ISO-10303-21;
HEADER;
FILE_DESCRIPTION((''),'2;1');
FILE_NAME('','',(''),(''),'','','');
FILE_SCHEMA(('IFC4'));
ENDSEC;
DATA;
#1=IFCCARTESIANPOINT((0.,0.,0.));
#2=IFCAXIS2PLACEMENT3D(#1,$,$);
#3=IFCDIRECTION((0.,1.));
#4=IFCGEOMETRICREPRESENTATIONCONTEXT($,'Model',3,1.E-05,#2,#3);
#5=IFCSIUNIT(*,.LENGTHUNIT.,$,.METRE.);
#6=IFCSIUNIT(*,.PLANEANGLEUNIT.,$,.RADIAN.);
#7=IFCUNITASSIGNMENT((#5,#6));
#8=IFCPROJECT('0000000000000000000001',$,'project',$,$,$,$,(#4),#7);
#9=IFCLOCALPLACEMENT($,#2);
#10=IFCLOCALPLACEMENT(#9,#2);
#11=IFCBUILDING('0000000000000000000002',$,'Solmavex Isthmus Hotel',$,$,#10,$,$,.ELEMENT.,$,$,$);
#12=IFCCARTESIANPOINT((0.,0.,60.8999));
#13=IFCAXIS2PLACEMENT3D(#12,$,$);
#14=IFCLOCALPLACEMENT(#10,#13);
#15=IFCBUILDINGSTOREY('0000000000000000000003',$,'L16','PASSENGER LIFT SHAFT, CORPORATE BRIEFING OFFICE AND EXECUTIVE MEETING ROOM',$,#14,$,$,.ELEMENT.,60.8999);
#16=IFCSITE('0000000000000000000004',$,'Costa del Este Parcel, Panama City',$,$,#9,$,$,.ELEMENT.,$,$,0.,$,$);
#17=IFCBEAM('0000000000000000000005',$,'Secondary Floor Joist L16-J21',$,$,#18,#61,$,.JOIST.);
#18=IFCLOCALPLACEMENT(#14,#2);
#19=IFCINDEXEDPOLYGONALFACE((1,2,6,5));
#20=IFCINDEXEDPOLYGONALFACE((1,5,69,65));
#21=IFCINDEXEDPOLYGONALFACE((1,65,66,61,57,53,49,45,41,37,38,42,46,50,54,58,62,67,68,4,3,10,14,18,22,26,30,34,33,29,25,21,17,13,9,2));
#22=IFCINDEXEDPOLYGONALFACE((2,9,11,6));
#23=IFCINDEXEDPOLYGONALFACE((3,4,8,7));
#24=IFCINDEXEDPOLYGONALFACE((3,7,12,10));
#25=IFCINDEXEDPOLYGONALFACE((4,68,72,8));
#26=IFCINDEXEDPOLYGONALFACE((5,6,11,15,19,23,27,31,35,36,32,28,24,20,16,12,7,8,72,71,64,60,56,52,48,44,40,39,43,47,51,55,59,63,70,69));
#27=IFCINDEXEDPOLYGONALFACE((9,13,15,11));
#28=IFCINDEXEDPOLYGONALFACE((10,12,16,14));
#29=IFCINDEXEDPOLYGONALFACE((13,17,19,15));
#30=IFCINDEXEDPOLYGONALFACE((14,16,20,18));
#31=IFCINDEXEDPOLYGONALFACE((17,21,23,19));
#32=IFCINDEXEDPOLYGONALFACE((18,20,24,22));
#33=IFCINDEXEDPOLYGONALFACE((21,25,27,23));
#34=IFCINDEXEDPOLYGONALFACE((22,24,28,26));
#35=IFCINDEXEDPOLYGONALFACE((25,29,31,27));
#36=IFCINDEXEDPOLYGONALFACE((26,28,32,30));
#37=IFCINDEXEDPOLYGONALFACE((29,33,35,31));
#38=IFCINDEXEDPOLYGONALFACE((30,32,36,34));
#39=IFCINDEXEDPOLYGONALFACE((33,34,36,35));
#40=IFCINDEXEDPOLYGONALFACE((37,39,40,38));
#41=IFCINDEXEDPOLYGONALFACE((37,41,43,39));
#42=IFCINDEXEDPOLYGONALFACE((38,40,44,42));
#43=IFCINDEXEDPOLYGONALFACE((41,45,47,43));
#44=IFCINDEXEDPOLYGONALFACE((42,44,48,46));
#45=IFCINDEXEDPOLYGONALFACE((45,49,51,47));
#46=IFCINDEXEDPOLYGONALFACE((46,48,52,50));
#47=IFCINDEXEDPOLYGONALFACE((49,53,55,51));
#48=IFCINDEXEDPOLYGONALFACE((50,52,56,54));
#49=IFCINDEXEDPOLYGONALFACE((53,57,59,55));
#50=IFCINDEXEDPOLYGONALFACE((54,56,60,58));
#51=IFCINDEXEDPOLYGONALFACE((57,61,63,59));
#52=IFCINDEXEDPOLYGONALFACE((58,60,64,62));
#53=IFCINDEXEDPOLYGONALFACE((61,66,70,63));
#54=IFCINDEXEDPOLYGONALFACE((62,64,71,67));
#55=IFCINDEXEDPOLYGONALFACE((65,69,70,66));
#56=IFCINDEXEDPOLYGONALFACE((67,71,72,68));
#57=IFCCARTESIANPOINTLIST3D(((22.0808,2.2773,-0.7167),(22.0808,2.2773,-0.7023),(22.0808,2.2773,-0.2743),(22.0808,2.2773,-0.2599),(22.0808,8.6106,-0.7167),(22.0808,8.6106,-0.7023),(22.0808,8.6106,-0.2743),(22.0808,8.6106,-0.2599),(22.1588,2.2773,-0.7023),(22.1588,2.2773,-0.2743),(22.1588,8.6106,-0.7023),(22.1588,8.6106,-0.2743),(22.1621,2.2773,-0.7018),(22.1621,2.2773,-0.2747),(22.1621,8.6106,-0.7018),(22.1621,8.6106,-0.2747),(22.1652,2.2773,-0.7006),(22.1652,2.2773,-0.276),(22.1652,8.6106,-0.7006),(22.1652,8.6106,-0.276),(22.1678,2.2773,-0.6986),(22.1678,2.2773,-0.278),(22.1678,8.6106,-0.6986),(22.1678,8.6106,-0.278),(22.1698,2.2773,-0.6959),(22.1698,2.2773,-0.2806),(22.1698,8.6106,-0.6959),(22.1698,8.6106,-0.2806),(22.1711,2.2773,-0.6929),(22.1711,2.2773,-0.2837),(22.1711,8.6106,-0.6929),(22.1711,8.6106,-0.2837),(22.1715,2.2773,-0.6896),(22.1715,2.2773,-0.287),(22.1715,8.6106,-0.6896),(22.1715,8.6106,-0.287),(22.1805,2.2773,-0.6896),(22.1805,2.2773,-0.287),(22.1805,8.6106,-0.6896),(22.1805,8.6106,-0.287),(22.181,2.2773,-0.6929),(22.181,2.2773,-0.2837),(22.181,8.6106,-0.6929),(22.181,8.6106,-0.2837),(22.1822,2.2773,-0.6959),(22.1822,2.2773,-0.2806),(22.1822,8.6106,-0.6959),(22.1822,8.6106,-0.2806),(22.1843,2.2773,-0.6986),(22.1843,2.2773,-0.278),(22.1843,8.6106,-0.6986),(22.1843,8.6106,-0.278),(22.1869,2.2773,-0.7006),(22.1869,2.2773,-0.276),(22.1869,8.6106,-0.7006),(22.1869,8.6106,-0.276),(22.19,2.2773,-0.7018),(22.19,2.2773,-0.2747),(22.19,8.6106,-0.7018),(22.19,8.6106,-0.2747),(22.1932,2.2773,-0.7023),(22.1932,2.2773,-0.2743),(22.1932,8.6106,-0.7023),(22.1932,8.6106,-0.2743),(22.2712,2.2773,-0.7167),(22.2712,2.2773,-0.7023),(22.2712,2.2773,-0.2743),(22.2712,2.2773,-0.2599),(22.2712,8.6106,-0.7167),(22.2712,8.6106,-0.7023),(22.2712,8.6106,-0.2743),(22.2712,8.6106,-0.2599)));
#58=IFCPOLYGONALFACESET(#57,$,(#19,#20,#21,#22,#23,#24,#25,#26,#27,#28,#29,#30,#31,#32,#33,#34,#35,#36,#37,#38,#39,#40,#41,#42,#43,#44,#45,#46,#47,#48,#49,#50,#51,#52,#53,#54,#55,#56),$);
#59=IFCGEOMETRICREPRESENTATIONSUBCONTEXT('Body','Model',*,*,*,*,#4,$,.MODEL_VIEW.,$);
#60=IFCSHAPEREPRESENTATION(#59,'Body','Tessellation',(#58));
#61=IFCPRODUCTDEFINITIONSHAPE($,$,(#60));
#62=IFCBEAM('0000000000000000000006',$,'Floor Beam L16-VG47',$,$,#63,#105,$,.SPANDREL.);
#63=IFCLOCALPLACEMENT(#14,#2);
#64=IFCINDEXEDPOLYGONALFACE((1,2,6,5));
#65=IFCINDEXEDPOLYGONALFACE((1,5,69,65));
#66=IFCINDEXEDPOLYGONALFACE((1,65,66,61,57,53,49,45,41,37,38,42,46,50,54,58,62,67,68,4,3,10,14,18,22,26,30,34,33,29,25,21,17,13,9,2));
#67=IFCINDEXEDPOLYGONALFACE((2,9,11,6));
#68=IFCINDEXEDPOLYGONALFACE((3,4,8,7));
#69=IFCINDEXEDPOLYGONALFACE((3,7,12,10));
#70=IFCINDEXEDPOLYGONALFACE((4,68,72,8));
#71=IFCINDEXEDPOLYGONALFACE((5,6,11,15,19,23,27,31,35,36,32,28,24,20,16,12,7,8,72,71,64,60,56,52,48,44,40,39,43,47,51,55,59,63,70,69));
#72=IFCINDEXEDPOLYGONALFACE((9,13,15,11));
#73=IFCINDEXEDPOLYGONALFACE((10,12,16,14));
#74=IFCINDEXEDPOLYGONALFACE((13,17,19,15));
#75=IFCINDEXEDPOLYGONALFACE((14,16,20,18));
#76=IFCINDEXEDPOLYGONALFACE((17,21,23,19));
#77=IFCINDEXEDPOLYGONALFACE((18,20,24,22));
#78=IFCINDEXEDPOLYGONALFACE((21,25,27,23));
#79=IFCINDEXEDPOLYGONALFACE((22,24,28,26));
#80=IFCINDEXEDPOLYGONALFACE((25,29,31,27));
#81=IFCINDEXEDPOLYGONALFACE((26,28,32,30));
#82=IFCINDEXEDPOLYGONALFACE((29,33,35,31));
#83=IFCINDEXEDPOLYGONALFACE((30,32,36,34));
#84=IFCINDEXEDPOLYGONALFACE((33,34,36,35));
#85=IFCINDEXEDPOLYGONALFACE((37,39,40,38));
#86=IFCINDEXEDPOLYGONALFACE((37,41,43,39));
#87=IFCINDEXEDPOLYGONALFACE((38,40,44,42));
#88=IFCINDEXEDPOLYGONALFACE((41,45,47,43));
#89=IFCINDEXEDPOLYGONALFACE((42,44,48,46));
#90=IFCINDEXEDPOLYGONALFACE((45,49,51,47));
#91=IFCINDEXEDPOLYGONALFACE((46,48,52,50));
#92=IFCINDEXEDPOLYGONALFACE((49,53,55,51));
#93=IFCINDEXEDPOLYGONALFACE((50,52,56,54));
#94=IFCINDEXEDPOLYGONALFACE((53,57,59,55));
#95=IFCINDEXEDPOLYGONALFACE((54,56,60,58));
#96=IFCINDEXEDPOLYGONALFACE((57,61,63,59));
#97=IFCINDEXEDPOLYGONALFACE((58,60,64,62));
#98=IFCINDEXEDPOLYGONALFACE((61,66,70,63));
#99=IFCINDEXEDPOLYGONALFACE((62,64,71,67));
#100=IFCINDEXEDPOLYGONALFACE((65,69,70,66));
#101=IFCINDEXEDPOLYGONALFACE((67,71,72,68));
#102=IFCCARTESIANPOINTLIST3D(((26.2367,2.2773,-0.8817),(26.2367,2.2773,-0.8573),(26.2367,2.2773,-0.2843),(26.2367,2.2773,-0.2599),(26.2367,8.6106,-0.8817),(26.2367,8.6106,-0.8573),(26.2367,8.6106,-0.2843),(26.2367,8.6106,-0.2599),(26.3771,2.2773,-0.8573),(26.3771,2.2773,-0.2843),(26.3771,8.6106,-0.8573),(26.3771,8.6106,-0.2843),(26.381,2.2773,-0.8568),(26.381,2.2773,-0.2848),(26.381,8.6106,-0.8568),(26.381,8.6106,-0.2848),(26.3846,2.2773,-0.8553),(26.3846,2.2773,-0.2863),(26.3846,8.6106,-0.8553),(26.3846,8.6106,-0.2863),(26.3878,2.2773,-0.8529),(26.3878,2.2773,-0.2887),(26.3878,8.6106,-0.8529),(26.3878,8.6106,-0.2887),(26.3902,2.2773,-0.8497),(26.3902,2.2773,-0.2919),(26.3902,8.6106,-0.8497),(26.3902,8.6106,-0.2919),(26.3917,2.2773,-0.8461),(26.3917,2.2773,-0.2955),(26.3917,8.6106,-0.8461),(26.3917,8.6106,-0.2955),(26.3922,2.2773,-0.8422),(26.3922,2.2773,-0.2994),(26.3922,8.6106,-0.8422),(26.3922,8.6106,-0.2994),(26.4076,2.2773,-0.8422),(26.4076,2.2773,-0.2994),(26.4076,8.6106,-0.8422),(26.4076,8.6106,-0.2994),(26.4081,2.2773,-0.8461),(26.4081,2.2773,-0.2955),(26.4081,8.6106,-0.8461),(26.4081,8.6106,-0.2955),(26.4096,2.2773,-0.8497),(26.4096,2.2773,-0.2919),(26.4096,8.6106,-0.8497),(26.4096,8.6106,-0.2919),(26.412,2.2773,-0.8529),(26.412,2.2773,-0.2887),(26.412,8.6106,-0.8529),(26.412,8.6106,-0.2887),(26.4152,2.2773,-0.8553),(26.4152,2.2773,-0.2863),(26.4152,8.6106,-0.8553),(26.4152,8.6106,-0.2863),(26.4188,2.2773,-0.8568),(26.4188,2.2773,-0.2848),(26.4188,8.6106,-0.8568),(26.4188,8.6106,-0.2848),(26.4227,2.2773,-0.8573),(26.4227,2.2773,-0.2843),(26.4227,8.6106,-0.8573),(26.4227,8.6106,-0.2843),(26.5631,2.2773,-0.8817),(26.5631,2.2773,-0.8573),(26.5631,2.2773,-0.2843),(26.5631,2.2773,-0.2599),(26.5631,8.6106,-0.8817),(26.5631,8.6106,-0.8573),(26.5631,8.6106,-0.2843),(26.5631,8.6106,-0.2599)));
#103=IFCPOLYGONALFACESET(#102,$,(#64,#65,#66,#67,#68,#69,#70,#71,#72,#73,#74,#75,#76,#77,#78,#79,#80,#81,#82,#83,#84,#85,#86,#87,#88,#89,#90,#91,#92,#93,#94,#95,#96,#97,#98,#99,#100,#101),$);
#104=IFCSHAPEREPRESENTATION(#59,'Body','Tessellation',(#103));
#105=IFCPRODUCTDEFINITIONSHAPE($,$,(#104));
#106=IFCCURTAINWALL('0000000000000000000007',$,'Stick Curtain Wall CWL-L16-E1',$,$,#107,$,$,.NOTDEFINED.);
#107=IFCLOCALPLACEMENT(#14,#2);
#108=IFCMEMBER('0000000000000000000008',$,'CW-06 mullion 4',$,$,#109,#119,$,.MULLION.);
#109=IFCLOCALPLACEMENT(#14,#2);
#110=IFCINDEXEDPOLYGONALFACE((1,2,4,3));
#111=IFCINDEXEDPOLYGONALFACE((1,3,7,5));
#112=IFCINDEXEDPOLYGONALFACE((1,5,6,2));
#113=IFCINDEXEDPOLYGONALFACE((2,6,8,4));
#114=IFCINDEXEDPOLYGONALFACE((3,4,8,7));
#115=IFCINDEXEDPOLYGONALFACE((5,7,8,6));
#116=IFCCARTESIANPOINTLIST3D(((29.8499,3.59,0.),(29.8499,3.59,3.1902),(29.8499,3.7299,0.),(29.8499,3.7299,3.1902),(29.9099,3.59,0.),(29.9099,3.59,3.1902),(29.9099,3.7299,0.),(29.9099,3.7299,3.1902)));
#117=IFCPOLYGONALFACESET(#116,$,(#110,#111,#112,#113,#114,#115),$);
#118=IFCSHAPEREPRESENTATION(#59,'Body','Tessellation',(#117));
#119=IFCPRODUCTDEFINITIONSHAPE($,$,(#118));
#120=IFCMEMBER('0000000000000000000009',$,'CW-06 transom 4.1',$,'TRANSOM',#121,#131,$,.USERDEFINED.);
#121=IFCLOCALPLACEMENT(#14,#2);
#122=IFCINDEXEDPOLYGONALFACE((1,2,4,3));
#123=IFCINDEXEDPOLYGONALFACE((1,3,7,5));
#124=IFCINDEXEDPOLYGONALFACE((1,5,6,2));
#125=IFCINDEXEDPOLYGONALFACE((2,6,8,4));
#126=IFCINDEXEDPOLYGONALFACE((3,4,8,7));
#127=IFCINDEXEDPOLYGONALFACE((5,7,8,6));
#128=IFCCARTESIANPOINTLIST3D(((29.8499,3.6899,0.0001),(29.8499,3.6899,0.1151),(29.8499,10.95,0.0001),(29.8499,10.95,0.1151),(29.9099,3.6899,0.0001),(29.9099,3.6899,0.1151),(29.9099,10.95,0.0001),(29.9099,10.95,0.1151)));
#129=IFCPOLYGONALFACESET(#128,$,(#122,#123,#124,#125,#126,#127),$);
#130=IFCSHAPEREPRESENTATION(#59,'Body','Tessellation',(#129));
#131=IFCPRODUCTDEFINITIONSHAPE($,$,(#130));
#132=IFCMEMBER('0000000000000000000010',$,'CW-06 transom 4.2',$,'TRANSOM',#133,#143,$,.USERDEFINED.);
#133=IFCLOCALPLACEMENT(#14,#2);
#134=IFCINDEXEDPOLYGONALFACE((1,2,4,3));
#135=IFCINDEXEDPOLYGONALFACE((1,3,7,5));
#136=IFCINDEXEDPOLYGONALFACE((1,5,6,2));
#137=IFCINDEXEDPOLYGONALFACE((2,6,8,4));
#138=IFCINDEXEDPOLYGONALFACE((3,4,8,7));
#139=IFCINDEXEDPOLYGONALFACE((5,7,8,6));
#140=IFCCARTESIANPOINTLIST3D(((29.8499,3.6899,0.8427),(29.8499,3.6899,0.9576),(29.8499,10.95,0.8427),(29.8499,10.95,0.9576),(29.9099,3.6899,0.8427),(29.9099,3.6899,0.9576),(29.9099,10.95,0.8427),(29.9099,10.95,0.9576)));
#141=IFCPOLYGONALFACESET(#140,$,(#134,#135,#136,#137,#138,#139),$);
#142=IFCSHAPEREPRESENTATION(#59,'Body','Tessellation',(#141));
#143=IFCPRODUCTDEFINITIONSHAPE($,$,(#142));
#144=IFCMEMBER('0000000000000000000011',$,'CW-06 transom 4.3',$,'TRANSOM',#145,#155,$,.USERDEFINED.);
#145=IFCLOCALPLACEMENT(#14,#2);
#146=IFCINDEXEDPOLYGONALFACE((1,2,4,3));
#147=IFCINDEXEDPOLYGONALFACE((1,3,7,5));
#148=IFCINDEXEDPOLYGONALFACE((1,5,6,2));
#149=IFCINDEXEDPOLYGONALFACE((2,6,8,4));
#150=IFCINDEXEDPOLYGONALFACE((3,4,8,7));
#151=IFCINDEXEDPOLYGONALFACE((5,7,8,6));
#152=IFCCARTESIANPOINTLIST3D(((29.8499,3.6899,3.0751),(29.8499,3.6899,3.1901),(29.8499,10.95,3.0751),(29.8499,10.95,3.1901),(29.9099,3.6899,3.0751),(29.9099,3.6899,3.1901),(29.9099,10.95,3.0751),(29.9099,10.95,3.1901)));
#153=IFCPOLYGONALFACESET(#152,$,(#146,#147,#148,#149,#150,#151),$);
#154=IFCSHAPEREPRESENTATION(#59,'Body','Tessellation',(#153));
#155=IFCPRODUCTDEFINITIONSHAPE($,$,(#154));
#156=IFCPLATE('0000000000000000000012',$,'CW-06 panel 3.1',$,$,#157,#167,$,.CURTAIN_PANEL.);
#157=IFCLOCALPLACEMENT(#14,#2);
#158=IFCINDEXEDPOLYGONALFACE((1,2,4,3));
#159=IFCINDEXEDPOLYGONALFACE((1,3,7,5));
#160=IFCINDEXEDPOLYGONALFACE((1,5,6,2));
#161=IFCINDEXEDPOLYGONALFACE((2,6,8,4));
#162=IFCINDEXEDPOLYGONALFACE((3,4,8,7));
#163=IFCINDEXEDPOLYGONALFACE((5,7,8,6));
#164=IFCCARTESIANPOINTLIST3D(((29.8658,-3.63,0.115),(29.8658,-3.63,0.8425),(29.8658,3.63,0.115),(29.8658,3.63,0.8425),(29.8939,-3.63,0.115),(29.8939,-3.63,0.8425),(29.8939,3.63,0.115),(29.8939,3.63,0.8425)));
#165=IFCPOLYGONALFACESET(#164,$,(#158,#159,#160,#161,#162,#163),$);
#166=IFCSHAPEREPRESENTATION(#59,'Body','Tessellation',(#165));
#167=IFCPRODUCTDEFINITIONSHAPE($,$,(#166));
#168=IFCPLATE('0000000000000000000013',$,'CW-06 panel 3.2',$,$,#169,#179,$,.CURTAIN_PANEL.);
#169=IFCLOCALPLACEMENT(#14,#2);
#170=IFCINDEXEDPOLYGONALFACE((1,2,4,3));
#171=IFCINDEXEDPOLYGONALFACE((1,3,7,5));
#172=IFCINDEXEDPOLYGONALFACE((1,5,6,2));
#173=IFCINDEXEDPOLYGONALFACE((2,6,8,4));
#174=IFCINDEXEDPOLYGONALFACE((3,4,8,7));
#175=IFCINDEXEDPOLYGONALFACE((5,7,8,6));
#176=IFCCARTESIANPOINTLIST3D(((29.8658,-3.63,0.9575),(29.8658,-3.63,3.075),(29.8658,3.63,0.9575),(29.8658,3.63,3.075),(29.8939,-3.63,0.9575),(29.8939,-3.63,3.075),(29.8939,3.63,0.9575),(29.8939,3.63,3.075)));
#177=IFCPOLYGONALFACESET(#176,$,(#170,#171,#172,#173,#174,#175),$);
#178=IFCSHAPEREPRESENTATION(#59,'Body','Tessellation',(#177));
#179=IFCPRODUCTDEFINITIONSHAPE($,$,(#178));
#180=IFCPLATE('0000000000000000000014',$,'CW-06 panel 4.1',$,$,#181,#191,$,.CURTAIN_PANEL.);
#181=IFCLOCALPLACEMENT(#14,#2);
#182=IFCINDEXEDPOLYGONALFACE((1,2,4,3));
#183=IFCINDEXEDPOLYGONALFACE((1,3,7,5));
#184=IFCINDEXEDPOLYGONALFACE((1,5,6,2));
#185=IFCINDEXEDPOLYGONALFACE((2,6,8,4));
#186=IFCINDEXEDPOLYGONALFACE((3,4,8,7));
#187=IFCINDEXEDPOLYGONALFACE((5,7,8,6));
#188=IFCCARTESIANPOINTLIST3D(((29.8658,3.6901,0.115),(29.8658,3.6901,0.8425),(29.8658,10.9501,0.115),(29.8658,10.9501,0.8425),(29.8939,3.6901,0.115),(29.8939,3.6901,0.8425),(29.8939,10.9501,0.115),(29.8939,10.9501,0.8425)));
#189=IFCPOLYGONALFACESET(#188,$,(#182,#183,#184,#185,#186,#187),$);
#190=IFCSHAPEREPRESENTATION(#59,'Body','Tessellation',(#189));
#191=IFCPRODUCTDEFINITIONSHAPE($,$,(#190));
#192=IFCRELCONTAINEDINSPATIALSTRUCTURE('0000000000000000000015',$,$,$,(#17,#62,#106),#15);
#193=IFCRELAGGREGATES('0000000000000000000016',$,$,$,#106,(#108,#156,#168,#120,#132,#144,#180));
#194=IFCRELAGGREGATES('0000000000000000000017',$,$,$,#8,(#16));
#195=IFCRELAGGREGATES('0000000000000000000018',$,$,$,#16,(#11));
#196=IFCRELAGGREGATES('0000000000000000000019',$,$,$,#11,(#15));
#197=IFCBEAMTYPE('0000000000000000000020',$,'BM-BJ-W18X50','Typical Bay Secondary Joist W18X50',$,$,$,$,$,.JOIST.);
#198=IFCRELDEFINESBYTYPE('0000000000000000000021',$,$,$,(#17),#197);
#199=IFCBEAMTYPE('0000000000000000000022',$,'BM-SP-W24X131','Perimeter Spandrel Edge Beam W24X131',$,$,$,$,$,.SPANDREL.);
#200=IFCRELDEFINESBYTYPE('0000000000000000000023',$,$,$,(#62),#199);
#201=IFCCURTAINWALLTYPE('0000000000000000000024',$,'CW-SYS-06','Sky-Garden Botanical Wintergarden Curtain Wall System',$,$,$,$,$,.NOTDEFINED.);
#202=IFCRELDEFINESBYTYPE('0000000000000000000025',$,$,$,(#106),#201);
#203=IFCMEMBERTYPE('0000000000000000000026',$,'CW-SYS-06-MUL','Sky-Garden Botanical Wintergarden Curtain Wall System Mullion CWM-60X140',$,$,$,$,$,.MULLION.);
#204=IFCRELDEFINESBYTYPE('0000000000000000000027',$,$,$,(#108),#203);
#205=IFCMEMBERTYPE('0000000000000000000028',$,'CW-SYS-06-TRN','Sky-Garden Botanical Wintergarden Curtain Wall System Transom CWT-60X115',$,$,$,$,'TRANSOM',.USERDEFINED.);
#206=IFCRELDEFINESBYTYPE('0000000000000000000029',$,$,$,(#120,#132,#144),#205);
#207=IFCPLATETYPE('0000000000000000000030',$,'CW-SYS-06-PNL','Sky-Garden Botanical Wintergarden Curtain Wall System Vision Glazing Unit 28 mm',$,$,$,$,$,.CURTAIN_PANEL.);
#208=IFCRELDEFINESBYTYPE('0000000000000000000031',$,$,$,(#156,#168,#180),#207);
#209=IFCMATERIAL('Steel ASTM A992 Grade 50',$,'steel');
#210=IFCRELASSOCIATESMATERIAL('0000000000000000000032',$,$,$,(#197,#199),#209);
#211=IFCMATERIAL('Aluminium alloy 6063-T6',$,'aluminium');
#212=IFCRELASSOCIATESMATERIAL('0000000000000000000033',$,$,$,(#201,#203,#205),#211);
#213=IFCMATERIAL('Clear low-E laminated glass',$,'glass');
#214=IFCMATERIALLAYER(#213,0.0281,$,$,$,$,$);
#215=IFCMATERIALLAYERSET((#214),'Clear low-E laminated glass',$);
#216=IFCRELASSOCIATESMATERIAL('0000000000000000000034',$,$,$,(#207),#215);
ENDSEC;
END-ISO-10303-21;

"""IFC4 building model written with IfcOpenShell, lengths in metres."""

from ifc_helpers import new_model, si_unit, direction, frame, origin, origin_2d, place, context, subcontext, project, spatial, rectangle, i_section, extrude, material, layer, layer_set, material_profile, profile_set, type_object, element, aggregate, save


model = new_model("IFC4")

# Units and contexts
model_context = context("Model", 3, precision=1e-05, world=origin(), true_north=direction((0.0, 1.0)))
body_context = subcontext(model_context, "Body", "Model", "MODEL_VIEW")
ifc_project = project(units=[si_unit("LENGTHUNIT", "METRE"), si_unit("PLANEANGLEUNIT", "RADIAN")], contexts=[model_context])

# Site, building, storey
site_placement = place(None, origin())
site = spatial("IfcSite", under=ifc_project, at=site_placement, Name="Costa del Este Parcel, Panama City", CompositionType="ELEMENT", RefElevation=0.0)
building_placement = place(site_placement, origin())
building = spatial("IfcBuilding", under=site, at=building_placement, Name="Solmavex Isthmus Hotel", CompositionType="ELEMENT")
storey_placement = place(building_placement, frame((0.0, 0.0, 60.8999)))
storey = spatial("IfcBuildingStorey", under=building, at=storey_placement, Name="L16", Description="PASSENGER LIFT SHAFT, CORPORATE BRIEFING OFFICE AND EXECUTIVE MEETING ROOM", CompositionType="ELEMENT", Elevation=60.8999)

# Beams
ifc_material_1 = material(Name="Steel ASTM A992 Grade 50", Category="steel")
ifc_material_profile_1 = material_profile(ifc_material_1, i_section(OverallWidth=0.1904, OverallDepth=0.4568, WebThickness=0.009, FlangeThickness=0.0144, FilletRadius=0.0127, at=origin_2d()), Name="W18X50")
ifc_profile_set_1 = profile_set([ifc_material_profile_1], Name="Steel ASTM A992 Grade 50")
beam_type_1 = type_object("IfcBeamType", Name="BM-BJ-W18X50", Description="Typical Bay Secondary Joist W18X50", PredefinedType="JOIST", material=ifc_profile_set_1)
beam_1_placement = place(storey_placement, frame((22.176, 2.2773, -0.4883), z_axis=(0.0, 1.0, 0.0), x_axis=(-1.0, 0.0, 0.0)))
element("IfcBeam", 1, at=beam_1_placement, inside=storey, type_object=beam_type_1, Name="Secondary Floor Joist L16-J21", PredefinedType="JOIST", context=body_context, shape_type="SweptSolid", body=[
    extrude(i_section(OverallWidth=0.1904, OverallDepth=0.4568, WebThickness=0.009, FlangeThickness=0.0144, FilletRadius=0.0127, at=origin_2d()), origin(), (0.0, 0.0, 1.0), 6.3333),
])
ifc_material_profile_2 = material_profile(ifc_material_1, i_section(OverallWidth=0.3264, OverallDepth=0.6218, WebThickness=0.0154, FlangeThickness=0.0244, FilletRadius=0.0151, at=origin_2d()), Name="W24X131")
ifc_profile_set_2 = profile_set([ifc_material_profile_2], Name="Steel ASTM A992 Grade 50")
beam_type_2 = type_object("IfcBeamType", Name="BM-SP-W24X131", Description="Perimeter Spandrel Edge Beam W24X131", PredefinedType="SPANDREL", material=ifc_profile_set_2)
beam_2_placement = place(storey_placement, frame((26.3999, 2.2773, -0.5708), z_axis=(0.0, 1.0, 0.0), x_axis=(-1.0, 0.0, 0.0)))
element("IfcBeam", 2, at=beam_2_placement, inside=storey, type_object=beam_type_2, Name="Floor Beam L16-VG47", PredefinedType="SPANDREL", context=body_context, shape_type="SweptSolid", body=[
    extrude(i_section(OverallWidth=0.3264, OverallDepth=0.6218, WebThickness=0.0154, FlangeThickness=0.0244, FilletRadius=0.0151, at=origin_2d()), origin(), (0.0, 0.0, 1.0), 6.3333),
])

# Curtain wall, members, plates
ifc_material_2 = material(Name="Aluminium alloy 6063-T6", Category="aluminium")
curtain_wall_type = type_object("IfcCurtainWallType", Name="CW-SYS-06", Description="Sky-Garden Botanical Wintergarden Curtain Wall System", PredefinedType="NOTDEFINED", material=ifc_material_2)
curtain_wall_placement = place(storey_placement, origin())
curtain_wall = element("IfcCurtainWall", 3, at=curtain_wall_placement, inside=storey, type_object=curtain_wall_type, Name="Stick Curtain Wall CWL-L16-E1", PredefinedType="NOTDEFINED")
ifc_material_profile_3 = material_profile(ifc_material_2, rectangle(XDim=0.0601, YDim=0.1399, at=origin_2d()), Name="CWM-60X140")
ifc_profile_set_3 = profile_set([ifc_material_profile_3], Name="Aluminium alloy 6063-T6")
member_type_1 = type_object("IfcMemberType", Name="CW-SYS-06-MUL", Description="Sky-Garden Botanical Wintergarden Curtain Wall System Mullion CWM-60X140", PredefinedType="MULLION", material=ifc_profile_set_3)
member_1_placement = place(storey_placement, frame((29.8799, 3.6599, 0.0), z_axis=(0.0, 0.0, 1.0), x_axis=(-1.0, 0.0, 0.0)))
member_1 = element("IfcMember", 4, at=member_1_placement, type_object=member_type_1, Name="CW-06 mullion 4", PredefinedType="MULLION", context=body_context, shape_type="SweptSolid", body=[
    extrude(rectangle(XDim=0.0601, YDim=0.1399, at=origin_2d()), origin(), (0.0, 0.0, 1.0), 3.1902),
])
ifc_material_profile_4 = material_profile(ifc_material_2, rectangle(XDim=0.0601, YDim=0.115, at=origin_2d()), Name="CWT-60X115")
ifc_profile_set_4 = profile_set([ifc_material_profile_4], Name="Aluminium alloy 6063-T6")
member_type_2 = type_object("IfcMemberType", Name="CW-SYS-06-TRN", Description="Sky-Garden Botanical Wintergarden Curtain Wall System Transom CWT-60X115", ElementType="TRANSOM", PredefinedType="USERDEFINED", material=ifc_profile_set_4)
member_2_placement = place(storey_placement, frame((29.8799, 3.6899, 0.0576), z_axis=(0.0, 1.0, 0.0), x_axis=(-1.0, 0.0, 0.0)))
member_2 = element("IfcMember", 5, at=member_2_placement, type_object=member_type_2, Name="CW-06 transom 4.1", ObjectType="TRANSOM", PredefinedType="USERDEFINED", context=body_context, shape_type="SweptSolid", body=[
    extrude(rectangle(XDim=0.0601, YDim=0.115, at=origin_2d()), origin(), (0.0, 0.0, 1.0), 7.26),
])
member_3_placement = place(storey_placement, frame((29.8799, 3.6899, 0.9001), z_axis=(0.0, 1.0, 0.0), x_axis=(-1.0, 0.0, 0.0)))
member_3 = element("IfcMember", 6, at=member_3_placement, type_object=member_type_2, Name="CW-06 transom 4.2", ObjectType="TRANSOM", PredefinedType="USERDEFINED", context=body_context, shape_type="SweptSolid", body=[
    extrude(rectangle(XDim=0.0601, YDim=0.115, at=origin_2d()), origin(), (0.0, 0.0, 1.0), 7.26),
])
member_4_placement = place(storey_placement, frame((29.8799, 3.6899, 3.1326), z_axis=(0.0, 1.0, 0.0), x_axis=(-1.0, 0.0, 0.0)))
member_4 = element("IfcMember", 7, at=member_4_placement, type_object=member_type_2, Name="CW-06 transom 4.3", ObjectType="TRANSOM", PredefinedType="USERDEFINED", context=body_context, shape_type="SweptSolid", body=[
    extrude(rectangle(XDim=0.0601, YDim=0.115, at=origin_2d()), origin(), (0.0, 0.0, 1.0), 7.26),
])
ifc_material_3 = material(Name="Clear low-E laminated glass", Category="glass")
ifc_layer_1 = layer(ifc_material_3, 0.0281)
ifc_layer_set_1 = layer_set([ifc_layer_1], Name="Clear low-E laminated glass")
plate_type = type_object("IfcPlateType", Name="CW-SYS-06-PNL", Description="Sky-Garden Botanical Wintergarden Curtain Wall System Vision Glazing Unit 28 mm", PredefinedType="CURTAIN_PANEL", material=ifc_layer_set_1)
plate_1_placement = place(storey_placement, frame((29.8799, 0.0, 0.115), z_axis=(0.0, 0.0, 1.0), x_axis=(0.0, 1.0, 0.0)))
plate_1 = element("IfcPlate", 8, at=plate_1_placement, type_object=plate_type, Name="CW-06 panel 3.1", PredefinedType="CURTAIN_PANEL", context=body_context, shape_type="SweptSolid", body=[
    extrude(rectangle(XDim=7.26, YDim=0.0281, at=origin_2d()), origin(), (0.0, 0.0, 1.0), 0.7275),
])
plate_2_placement = place(storey_placement, frame((29.8799, 0.0, 0.9575), z_axis=(0.0, 0.0, 1.0), x_axis=(0.0, 1.0, 0.0)))
plate_2 = element("IfcPlate", 9, at=plate_2_placement, type_object=plate_type, Name="CW-06 panel 3.2", PredefinedType="CURTAIN_PANEL", context=body_context, shape_type="SweptSolid", body=[
    extrude(rectangle(XDim=7.26, YDim=0.0281, at=origin_2d()), origin(), (0.0, 0.0, 1.0), 2.1174),
])
plate_3_placement = place(storey_placement, frame((29.8799, 7.3201, 0.115), z_axis=(0.0, 0.0, 1.0), x_axis=(0.0, 1.0, 0.0)))
plate_3 = element("IfcPlate", 10, at=plate_3_placement, type_object=plate_type, Name="CW-06 panel 4.1", PredefinedType="CURTAIN_PANEL", context=body_context, shape_type="SweptSolid", body=[
    extrude(rectangle(XDim=7.26, YDim=0.0281, at=origin_2d()), origin(), (0.0, 0.0, 1.0), 0.7275),
])
aggregate(curtain_wall, [member_1, plate_1, plate_2, member_2, member_3, member_4, plate_3])

save(model, "model.ifc")
